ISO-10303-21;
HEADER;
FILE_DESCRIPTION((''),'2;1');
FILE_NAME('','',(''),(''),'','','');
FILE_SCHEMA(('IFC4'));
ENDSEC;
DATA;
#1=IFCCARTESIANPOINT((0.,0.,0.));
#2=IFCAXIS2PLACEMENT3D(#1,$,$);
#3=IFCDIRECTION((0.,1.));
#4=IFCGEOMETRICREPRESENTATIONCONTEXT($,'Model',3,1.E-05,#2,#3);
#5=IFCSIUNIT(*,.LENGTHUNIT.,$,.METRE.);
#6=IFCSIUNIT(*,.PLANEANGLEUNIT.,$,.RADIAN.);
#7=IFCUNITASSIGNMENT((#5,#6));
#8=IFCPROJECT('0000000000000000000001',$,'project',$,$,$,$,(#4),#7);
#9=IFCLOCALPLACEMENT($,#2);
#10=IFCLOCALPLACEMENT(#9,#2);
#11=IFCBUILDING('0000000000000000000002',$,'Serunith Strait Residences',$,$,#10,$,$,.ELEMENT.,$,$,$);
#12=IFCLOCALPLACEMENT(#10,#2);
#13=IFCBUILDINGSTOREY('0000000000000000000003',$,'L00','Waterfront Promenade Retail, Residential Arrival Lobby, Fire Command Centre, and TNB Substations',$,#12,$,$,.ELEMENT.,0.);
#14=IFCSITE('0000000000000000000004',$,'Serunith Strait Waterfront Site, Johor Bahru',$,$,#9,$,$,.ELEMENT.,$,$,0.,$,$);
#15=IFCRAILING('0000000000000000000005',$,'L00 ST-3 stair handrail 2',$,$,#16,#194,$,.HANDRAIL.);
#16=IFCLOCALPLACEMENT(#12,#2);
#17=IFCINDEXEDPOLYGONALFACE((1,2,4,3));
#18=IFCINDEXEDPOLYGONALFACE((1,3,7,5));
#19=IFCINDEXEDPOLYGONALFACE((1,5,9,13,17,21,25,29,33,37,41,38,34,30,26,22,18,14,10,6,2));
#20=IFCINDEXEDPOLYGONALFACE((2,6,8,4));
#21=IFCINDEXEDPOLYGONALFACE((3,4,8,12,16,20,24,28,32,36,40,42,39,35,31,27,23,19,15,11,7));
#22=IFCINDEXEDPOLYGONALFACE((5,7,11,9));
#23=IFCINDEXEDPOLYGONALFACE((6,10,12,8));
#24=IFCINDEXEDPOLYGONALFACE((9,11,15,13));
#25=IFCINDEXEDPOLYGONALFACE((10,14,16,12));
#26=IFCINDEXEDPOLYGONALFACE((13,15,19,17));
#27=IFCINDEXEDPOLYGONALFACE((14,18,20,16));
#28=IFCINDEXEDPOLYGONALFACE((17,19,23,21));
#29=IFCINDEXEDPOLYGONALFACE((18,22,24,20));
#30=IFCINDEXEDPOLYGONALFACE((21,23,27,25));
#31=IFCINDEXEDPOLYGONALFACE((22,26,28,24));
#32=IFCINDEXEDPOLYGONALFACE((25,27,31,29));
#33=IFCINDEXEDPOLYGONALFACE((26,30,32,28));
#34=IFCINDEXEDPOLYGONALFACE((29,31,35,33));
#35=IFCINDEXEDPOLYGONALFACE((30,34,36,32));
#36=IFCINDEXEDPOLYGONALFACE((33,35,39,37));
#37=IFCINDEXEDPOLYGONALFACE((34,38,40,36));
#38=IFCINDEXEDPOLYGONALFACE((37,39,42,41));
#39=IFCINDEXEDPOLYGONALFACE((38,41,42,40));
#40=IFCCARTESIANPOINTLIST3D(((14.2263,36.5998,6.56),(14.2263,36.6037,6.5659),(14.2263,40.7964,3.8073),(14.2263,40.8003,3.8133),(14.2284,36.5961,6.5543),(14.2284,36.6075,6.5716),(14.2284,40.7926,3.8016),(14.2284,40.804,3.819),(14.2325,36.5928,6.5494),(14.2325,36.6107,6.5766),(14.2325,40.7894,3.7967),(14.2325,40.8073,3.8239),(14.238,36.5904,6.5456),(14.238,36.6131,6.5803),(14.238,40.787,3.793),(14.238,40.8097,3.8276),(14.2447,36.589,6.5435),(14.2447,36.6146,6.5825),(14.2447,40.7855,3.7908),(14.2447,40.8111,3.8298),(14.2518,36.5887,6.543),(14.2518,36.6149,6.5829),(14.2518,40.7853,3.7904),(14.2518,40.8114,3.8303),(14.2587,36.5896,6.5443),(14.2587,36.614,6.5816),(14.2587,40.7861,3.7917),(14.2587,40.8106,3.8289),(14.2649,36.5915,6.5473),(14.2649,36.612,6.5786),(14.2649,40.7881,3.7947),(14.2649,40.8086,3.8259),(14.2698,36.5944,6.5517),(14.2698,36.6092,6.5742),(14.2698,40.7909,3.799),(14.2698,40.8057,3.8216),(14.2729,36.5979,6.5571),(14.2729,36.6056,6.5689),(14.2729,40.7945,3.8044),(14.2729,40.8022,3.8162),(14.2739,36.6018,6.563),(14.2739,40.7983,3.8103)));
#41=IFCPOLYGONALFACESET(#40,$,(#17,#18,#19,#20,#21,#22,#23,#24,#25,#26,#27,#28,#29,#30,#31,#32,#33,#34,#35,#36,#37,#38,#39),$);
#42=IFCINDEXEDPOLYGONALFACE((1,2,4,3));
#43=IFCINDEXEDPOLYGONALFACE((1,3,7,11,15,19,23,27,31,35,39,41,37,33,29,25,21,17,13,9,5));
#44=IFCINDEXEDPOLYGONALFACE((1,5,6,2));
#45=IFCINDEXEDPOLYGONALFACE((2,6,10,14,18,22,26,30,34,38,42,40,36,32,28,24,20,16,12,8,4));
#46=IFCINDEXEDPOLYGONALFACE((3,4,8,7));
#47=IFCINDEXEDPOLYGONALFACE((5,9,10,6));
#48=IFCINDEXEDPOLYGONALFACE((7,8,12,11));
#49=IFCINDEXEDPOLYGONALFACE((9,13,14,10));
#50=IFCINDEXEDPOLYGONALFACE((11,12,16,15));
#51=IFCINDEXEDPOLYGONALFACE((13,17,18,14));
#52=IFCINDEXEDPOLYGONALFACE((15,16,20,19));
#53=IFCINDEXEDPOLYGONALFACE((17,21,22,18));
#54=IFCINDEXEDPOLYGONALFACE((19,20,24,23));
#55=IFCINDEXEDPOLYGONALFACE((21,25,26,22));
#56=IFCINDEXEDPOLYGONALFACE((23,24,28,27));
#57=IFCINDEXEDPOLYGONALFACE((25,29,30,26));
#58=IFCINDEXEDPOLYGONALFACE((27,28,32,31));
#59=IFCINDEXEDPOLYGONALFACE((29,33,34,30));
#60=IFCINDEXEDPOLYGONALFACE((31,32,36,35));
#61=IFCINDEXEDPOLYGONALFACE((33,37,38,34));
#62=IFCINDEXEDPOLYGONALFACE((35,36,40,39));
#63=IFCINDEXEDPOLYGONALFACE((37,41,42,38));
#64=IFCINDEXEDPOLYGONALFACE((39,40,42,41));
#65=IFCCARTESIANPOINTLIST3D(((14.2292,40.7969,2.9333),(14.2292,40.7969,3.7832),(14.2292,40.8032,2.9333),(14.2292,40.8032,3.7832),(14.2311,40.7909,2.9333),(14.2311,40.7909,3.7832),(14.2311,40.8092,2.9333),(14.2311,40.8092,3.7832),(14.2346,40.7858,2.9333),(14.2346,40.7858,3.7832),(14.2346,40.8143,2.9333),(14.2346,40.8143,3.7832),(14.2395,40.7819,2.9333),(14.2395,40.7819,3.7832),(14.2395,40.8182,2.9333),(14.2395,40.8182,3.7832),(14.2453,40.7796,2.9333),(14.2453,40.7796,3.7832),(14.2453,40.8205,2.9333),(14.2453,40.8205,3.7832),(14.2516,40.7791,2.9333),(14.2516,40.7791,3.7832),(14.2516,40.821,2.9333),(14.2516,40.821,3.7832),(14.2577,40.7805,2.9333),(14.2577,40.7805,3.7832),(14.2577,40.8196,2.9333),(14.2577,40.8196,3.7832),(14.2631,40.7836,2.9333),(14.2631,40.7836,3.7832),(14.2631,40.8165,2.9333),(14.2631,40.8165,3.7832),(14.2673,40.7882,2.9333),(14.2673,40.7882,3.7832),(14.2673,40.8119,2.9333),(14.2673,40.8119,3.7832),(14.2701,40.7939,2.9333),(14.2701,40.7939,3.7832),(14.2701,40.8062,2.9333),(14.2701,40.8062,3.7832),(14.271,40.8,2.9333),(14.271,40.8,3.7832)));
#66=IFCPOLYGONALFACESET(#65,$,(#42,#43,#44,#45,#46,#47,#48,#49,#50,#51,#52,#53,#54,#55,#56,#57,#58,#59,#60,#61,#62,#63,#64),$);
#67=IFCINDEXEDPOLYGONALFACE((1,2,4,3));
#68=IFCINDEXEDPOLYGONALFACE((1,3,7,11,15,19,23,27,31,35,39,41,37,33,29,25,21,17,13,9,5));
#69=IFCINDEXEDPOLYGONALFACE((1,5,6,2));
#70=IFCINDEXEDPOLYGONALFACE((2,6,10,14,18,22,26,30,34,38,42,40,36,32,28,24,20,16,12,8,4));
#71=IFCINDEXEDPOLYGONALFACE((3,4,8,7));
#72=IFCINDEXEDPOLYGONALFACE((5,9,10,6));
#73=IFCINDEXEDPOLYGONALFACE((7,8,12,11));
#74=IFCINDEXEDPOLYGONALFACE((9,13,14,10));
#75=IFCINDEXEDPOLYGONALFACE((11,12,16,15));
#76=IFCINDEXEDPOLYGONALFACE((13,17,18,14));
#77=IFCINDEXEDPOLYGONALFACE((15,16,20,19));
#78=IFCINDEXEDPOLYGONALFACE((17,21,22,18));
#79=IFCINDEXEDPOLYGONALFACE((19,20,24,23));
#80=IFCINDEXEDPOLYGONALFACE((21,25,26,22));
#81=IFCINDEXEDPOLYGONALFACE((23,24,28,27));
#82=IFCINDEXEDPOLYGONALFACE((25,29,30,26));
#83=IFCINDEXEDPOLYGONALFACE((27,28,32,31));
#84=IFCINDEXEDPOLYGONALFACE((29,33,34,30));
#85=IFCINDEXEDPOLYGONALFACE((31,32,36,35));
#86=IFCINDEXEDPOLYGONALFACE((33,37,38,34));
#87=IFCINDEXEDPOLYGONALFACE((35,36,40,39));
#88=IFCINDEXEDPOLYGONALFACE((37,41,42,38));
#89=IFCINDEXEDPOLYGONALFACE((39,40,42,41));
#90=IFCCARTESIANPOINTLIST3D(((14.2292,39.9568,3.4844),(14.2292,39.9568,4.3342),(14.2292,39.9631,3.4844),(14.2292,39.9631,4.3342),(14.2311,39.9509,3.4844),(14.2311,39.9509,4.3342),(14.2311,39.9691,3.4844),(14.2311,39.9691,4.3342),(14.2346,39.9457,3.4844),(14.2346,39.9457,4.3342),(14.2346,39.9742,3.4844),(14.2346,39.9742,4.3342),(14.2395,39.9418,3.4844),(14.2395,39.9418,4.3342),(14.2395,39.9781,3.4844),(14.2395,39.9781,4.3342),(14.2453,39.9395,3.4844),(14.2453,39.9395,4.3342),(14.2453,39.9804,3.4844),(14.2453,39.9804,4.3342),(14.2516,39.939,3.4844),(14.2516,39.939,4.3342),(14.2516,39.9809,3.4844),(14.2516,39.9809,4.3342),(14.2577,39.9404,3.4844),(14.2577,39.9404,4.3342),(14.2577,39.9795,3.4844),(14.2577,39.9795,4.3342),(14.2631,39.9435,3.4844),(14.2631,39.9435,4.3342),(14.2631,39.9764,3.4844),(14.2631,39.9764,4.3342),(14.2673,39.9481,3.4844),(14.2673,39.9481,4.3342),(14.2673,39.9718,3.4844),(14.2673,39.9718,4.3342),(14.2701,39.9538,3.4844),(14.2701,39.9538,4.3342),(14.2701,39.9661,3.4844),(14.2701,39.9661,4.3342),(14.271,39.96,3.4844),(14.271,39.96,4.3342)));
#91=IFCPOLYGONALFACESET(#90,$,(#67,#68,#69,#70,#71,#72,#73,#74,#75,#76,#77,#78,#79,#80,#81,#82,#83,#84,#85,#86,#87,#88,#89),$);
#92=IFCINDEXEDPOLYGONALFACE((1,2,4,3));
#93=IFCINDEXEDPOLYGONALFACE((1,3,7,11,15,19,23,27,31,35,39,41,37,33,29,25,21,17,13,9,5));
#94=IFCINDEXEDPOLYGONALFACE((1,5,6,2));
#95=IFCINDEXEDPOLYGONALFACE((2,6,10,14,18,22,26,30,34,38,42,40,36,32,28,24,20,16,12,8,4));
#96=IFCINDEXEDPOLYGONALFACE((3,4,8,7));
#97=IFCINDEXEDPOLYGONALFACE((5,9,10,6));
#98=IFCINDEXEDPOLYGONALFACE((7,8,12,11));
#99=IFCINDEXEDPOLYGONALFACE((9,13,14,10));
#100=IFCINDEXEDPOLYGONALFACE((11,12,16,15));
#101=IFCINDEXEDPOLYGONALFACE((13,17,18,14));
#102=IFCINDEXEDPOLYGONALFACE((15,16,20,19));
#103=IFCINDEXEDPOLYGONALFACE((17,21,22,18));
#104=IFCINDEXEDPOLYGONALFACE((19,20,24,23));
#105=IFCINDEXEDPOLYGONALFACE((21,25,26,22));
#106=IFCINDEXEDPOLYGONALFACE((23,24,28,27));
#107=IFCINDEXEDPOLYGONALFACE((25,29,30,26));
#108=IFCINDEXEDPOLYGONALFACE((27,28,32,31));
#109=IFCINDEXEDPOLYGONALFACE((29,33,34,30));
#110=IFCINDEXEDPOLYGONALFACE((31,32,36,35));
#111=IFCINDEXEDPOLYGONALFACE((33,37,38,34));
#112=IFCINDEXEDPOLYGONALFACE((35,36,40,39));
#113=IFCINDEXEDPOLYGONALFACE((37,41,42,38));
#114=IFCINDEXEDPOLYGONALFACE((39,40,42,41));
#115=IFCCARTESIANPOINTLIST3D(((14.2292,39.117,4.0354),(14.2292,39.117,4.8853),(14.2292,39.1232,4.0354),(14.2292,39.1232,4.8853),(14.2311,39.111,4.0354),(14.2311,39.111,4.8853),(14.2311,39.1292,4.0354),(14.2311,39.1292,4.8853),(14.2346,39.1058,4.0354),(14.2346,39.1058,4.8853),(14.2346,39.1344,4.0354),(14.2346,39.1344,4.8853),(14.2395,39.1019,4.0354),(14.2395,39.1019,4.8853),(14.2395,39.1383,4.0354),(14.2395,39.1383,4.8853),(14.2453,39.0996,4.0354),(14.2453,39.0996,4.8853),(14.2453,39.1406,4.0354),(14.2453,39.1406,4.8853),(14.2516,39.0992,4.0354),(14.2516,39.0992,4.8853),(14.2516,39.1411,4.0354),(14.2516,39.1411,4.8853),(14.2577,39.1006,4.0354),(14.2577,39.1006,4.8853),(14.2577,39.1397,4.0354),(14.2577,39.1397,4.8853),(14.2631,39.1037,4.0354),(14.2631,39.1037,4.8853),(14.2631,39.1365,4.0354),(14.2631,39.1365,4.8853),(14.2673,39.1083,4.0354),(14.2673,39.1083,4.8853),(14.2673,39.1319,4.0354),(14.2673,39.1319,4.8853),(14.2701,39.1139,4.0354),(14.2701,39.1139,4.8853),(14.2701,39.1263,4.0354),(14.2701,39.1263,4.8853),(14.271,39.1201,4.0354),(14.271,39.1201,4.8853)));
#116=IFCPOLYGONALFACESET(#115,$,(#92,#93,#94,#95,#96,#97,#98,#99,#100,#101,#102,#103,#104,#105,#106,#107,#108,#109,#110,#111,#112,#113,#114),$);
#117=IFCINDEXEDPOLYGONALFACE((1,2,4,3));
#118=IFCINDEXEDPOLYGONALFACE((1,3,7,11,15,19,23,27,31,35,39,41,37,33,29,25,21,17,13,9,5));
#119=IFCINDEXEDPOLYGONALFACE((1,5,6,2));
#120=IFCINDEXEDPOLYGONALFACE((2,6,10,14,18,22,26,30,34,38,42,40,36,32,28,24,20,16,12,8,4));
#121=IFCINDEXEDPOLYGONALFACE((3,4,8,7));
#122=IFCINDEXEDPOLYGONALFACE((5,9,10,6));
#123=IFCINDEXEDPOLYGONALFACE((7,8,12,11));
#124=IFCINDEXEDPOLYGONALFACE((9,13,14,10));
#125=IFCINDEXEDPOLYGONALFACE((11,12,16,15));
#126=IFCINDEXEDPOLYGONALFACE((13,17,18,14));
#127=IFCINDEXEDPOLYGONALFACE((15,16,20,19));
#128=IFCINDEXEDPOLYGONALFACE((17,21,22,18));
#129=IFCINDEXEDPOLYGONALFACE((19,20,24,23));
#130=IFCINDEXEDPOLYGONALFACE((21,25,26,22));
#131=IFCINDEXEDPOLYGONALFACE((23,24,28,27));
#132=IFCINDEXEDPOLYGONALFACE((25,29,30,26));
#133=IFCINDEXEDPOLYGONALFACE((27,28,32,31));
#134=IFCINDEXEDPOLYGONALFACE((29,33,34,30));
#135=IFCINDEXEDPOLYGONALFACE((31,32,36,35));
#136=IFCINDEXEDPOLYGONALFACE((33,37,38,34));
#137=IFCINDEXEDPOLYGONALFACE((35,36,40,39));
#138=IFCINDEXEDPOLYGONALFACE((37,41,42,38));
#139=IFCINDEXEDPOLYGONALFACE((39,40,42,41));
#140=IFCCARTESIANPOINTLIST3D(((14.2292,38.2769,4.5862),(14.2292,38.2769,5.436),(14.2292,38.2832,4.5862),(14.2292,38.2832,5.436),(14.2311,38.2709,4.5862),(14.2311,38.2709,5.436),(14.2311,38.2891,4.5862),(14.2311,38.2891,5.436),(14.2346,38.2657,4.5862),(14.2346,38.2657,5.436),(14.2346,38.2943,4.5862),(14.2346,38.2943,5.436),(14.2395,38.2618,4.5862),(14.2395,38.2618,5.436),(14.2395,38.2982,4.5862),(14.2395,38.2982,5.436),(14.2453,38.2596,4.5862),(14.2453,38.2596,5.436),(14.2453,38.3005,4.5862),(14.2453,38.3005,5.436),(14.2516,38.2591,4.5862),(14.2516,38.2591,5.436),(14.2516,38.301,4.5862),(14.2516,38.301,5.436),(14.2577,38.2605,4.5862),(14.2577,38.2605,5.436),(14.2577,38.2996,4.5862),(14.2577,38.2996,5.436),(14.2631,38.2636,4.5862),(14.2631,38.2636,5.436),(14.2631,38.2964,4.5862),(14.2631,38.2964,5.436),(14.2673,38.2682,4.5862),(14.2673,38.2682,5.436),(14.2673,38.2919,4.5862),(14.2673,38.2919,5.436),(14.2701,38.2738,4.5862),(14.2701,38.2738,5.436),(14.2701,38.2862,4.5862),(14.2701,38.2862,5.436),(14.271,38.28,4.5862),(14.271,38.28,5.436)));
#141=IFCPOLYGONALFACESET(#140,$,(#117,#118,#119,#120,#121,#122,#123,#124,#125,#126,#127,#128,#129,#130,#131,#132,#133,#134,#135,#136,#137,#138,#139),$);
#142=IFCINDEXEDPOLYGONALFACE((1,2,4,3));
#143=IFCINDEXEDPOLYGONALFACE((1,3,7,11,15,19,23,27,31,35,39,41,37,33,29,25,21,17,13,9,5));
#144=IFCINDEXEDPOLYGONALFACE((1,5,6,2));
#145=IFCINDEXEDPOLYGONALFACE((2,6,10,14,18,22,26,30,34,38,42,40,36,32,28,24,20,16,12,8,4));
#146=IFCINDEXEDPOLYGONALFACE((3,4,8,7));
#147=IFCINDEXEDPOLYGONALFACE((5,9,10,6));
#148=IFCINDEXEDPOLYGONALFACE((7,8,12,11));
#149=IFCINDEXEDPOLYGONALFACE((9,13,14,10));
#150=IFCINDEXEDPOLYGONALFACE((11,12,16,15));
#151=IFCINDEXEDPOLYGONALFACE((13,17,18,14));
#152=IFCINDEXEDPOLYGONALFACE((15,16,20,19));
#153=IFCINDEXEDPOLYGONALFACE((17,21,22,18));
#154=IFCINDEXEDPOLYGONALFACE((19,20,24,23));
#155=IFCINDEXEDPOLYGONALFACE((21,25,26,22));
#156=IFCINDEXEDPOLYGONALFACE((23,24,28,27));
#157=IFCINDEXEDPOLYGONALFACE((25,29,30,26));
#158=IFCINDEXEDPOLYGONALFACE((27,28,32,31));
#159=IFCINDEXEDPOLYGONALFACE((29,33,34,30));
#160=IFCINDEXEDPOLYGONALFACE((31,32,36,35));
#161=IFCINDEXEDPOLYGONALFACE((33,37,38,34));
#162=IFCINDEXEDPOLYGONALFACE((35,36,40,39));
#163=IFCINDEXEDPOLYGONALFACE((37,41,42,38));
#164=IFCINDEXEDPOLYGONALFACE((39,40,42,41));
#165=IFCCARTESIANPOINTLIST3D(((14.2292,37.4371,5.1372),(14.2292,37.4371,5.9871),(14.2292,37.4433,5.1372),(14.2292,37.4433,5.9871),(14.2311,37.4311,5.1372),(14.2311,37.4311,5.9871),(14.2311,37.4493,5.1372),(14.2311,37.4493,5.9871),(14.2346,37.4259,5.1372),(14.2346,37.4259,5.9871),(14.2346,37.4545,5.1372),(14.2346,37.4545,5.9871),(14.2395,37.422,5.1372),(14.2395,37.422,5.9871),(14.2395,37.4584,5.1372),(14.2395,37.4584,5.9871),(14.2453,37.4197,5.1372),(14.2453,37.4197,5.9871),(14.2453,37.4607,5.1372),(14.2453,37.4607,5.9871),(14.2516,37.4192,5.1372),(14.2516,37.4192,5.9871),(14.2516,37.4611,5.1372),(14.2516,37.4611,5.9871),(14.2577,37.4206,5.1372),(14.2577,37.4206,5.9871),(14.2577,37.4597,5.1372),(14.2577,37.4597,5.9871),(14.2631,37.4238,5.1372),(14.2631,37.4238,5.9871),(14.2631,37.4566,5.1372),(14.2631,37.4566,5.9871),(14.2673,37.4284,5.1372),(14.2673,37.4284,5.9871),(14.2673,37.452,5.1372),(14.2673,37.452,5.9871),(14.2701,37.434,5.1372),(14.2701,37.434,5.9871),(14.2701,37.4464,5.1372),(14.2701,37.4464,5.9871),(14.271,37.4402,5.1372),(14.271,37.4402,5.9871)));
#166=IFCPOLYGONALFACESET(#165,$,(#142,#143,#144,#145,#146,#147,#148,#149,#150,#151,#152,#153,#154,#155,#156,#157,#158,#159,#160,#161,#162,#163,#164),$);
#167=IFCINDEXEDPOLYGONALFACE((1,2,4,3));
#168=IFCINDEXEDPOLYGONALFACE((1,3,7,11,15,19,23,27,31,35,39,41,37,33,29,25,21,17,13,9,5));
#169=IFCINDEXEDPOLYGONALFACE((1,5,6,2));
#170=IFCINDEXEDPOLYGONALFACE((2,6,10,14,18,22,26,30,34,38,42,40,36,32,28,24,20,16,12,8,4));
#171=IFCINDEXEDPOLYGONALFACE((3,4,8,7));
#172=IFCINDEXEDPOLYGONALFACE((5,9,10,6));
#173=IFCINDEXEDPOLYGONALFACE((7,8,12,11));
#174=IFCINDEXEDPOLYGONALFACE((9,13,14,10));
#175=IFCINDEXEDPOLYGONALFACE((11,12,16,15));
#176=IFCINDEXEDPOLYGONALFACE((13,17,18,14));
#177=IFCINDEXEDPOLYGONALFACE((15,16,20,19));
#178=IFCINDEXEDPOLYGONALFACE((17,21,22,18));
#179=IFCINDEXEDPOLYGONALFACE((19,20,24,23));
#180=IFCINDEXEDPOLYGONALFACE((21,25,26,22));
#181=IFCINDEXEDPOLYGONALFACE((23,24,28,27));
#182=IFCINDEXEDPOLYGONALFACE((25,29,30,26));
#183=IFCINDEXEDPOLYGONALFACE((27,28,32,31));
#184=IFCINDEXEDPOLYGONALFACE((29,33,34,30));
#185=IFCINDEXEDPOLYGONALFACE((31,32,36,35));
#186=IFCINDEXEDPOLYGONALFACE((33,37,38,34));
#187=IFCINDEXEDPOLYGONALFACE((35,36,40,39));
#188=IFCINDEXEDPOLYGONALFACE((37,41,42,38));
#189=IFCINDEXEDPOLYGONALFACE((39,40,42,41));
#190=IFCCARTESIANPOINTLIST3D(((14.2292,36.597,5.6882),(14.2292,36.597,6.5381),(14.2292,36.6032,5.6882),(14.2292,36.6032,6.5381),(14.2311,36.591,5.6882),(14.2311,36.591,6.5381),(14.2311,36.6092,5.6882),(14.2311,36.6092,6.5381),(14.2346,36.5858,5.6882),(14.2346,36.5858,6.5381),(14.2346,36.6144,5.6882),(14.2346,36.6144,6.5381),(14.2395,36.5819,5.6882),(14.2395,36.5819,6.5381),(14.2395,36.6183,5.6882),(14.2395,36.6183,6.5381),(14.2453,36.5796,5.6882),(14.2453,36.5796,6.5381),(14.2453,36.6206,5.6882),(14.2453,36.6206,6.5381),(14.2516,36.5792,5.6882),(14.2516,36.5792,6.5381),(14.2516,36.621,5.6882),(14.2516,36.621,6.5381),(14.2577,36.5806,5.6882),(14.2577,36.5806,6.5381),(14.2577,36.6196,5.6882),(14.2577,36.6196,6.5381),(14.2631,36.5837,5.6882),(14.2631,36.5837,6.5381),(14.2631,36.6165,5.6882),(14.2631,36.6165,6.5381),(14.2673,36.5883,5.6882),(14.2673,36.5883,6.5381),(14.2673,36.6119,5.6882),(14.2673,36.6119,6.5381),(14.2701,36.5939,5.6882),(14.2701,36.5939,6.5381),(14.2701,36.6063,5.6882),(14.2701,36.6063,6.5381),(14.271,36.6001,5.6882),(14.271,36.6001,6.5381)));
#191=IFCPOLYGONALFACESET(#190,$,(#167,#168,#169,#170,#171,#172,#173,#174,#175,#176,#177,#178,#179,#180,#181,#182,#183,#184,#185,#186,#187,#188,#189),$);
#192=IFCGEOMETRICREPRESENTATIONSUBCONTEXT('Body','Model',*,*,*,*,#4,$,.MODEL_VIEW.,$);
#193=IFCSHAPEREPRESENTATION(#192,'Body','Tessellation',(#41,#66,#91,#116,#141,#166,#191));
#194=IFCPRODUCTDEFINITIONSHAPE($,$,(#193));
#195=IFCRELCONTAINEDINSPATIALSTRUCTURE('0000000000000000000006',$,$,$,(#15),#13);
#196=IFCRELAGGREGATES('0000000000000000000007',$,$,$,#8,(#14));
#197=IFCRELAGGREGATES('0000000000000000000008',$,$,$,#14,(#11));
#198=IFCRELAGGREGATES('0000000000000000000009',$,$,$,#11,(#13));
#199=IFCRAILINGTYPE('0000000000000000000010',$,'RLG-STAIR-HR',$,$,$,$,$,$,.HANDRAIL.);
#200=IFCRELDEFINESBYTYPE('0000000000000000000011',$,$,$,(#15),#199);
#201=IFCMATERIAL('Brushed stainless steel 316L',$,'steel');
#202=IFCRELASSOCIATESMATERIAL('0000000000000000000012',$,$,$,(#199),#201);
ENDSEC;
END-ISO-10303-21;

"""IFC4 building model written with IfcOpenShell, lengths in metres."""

from ifc_helpers import new_model, si_unit, direction, frame, origin, origin_2d, place, context, subcontext, project, spatial, circle, extrude, material, type_object, element, save


model = new_model("IFC4")

# Units and contexts
model_context = context("Model", 3, precision=1e-05, world=origin(), true_north=direction((0.0, 1.0)))
body_context = subcontext(model_context, "Body", "Model", "MODEL_VIEW")
ifc_project = project(units=[si_unit("LENGTHUNIT", "METRE"), si_unit("PLANEANGLEUNIT", "RADIAN")], contexts=[model_context])

# Site, building, storey
site_placement = place(None, origin())
site = spatial("IfcSite", under=ifc_project, at=site_placement, Name="Serunith Strait Waterfront Site, Johor Bahru", CompositionType="ELEMENT", RefElevation=0.0)
building_placement = place(site_placement, origin())
building = spatial("IfcBuilding", under=site, at=building_placement, Name="Serunith Strait Residences", CompositionType="ELEMENT")
storey_placement = place(building_placement, origin())
storey = spatial("IfcBuildingStorey", under=building, at=storey_placement, Name="L00", Description="Waterfront Promenade Retail, Residential Arrival Lobby, Fire Command Centre, and TNB Substations", CompositionType="ELEMENT", Elevation=0.0)

# Railing
ifc_material_1 = material(Name="Brushed stainless steel 316L", Category="steel")
railing_type_1 = type_object("IfcRailingType", Name="RLG-STAIR-HR", PredefinedType="HANDRAIL", material=ifc_material_1)
railing_1_placement = place(storey_placement, frame((14.25, 40.8, 2.9333)))
element("IfcRailing", 1, at=railing_1_placement, inside=storey, type_object=railing_type_1, Name="L00 ST-3 stair handrail 2", PredefinedType="HANDRAIL", context=body_context, shape_type="SweptSolid", body=[
    extrude(circle(Radius=0.0239, at=origin_2d()), frame((0.0, -0.0017, 0.877), z_axis=(0.0, -0.83617, 0.548471), x_axis=(1.0, 0.0, 0.0)), (0.0, 0.0, 1.0), 5.0188),
    extrude(circle(Radius=0.021, at=origin_2d()), origin(), (0.0, 0.0, 1.0), 0.8499),
    extrude(circle(Radius=0.021, at=origin_2d()), frame((0.0, -0.8401, 0.551)), (0.0, 0.0, 1.0), 0.8499),
    extrude(circle(Radius=0.021, at=origin_2d()), frame((0.0, -1.6799, 1.1021)), (0.0, 0.0, 1.0), 0.8499),
    extrude(circle(Radius=0.021, at=origin_2d()), frame((0.0, -2.52, 1.6528)), (0.0, 0.0, 1.0), 0.8499),
    extrude(circle(Radius=0.021, at=origin_2d()), frame((0.0, -3.3599, 2.2039)), (0.0, 0.0, 1.0), 0.8499),
    extrude(circle(Radius=0.021, at=origin_2d()), frame((0.0, -4.2, 2.7549)), (0.0, 0.0, 1.0), 0.8499),
])

save(model, "model.ifc")
